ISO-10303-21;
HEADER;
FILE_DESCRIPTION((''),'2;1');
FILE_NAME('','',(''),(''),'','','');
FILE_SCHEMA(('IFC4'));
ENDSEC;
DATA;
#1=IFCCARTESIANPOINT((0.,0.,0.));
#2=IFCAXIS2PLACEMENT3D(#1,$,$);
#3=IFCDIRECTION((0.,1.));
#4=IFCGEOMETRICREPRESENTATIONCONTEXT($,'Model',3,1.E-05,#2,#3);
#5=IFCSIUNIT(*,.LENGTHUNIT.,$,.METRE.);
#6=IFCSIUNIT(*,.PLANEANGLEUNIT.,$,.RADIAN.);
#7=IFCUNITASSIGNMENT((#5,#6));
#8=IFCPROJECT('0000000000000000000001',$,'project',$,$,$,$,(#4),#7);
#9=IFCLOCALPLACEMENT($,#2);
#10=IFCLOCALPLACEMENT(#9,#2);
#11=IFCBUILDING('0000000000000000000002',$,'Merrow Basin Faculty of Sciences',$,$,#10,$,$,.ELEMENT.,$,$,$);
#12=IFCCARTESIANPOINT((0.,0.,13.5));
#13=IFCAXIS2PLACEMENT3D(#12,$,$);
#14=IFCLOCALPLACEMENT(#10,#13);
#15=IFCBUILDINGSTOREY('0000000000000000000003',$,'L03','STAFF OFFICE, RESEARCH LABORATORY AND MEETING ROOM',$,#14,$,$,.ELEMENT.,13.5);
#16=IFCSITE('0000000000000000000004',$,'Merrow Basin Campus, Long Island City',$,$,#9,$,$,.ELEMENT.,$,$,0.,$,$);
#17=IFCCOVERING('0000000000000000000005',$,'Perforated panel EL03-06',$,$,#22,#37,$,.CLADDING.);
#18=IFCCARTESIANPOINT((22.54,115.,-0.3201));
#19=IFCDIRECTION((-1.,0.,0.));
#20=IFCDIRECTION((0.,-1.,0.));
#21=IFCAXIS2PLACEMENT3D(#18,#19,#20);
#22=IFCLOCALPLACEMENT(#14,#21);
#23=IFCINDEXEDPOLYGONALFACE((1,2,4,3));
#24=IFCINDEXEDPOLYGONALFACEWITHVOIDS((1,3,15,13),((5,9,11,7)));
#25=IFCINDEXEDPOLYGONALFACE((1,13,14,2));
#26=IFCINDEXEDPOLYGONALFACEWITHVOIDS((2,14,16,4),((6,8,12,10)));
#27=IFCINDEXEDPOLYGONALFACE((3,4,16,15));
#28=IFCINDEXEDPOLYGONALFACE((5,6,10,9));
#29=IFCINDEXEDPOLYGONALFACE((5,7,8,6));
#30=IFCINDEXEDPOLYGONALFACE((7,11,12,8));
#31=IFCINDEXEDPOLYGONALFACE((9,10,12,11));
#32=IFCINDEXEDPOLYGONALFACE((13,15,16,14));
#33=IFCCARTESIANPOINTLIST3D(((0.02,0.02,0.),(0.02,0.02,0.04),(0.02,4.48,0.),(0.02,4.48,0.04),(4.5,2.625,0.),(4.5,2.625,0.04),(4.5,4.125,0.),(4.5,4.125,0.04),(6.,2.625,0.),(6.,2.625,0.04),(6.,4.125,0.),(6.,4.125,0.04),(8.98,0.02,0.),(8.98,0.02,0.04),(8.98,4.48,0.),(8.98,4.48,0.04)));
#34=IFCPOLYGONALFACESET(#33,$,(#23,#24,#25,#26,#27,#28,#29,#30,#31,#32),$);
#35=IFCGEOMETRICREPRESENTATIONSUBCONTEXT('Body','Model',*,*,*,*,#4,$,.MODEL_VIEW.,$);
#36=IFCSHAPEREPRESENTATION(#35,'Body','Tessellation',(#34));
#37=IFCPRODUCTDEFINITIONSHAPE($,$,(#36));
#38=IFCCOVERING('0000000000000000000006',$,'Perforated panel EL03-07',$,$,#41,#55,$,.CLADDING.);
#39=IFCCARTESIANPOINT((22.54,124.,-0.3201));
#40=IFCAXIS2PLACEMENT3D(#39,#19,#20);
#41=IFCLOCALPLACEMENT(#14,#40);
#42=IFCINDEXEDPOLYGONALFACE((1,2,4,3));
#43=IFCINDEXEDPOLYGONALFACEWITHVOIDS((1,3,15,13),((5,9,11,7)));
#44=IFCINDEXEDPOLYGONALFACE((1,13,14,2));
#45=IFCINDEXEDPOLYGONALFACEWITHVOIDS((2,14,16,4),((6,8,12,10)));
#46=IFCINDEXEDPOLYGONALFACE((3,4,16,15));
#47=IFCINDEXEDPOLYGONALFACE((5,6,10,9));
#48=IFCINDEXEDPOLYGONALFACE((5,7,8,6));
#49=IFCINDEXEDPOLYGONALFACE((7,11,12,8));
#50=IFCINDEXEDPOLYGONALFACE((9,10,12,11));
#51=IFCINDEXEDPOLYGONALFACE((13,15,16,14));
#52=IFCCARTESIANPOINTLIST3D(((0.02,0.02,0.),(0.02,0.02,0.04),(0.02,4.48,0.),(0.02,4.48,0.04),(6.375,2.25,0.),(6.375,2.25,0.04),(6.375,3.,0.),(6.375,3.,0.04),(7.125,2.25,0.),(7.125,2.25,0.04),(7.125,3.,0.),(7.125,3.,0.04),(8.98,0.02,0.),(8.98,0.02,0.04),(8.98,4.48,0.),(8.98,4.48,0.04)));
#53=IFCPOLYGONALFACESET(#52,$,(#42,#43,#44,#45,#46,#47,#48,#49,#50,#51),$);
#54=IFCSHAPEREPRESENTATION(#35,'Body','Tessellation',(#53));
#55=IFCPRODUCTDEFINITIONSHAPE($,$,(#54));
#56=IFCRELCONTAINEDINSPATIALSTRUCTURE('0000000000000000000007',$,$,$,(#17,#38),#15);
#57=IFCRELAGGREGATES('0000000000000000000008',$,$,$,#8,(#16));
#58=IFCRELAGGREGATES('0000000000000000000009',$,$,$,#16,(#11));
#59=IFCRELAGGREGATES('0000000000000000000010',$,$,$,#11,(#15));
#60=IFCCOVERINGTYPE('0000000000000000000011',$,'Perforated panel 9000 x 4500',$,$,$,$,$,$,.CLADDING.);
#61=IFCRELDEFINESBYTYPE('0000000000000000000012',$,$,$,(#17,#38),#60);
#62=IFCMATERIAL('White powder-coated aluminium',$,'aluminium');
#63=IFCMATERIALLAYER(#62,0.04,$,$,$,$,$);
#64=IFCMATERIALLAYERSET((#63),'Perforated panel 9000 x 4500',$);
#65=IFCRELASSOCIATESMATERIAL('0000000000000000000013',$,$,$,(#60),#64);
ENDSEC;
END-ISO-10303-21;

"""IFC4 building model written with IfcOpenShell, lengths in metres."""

from ifc_helpers import new_model, si_unit, direction, frame, origin, place, context, subcontext, project, spatial, polyline, outline, extrude, source, transform, mapped, material, layer, layer_set, type_object, element, save


model = new_model("IFC4")

# Units and contexts
model_context = context("Model", 3, precision=1e-05, world=origin(), true_north=direction((0.0, 1.0)))
body_context = subcontext(model_context, "Body", "Model", "MODEL_VIEW")
ifc_project = project(units=[si_unit("LENGTHUNIT", "METRE"), si_unit("PLANEANGLEUNIT", "RADIAN")], contexts=[model_context])

# Site, building, storey
site_placement = place(None, origin())
site = spatial("IfcSite", under=ifc_project, at=site_placement, Name="Merrow Basin Campus, Long Island City", CompositionType="ELEMENT", RefElevation=0.0)
building_placement = place(site_placement, origin())
building = spatial("IfcBuilding", under=site, at=building_placement, Name="Merrow Basin Faculty of Sciences", CompositionType="ELEMENT")
storey_placement = place(building_placement, frame((0.0, 0.0, 13.5)))
storey = spatial("IfcBuildingStorey", under=building, at=storey_placement, Name="L03", Description="STAFF OFFICE, RESEARCH LABORATORY AND MEETING ROOM", CompositionType="ELEMENT", Elevation=13.5)

# Coverings
ifc_material_1 = material(Name="White powder-coated aluminium", Category="aluminium")
ifc_layer_1 = layer(ifc_material_1, 0.04)
ifc_layer_set_1 = layer_set([ifc_layer_1], Name="Perforated panel 9000 x 4500")
covering_type = type_object("IfcCoveringType", Name="Perforated panel 9000 x 4500", PredefinedType="CLADDING", material=ifc_layer_set_1)
shared_shape_1 = source(origin(), body_context, "Body", "SweptSolid", [
    extrude(outline(polyline([(0.02, 0.02), (8.98, 0.02), (8.98, 4.48), (0.02, 4.48), (0.02, 0.02)]), holes=[polyline([(4.5, 2.625), (6.0, 2.625), (6.0, 4.125), (4.5, 4.125), (4.5, 2.625)])]), origin(), (0.0, 0.0, 1.0), 0.04),
])
covering_1_placement = place(storey_placement, frame((22.54, 115.0, -0.3201), z_axis=(-1.0, 0.0, 0.0), x_axis=(0.0, -1.0, 0.0)))
element("IfcCovering", 1, at=covering_1_placement, inside=storey, type_object=covering_type, Name="Perforated panel EL03-06", PredefinedType="CLADDING", context=body_context, shape_type="MappedRepresentation", body=[
    mapped(shared_shape_1, transform((0.0, 0.0, 0.0), scale=1.0)),
])
shared_shape_2 = source(origin(), body_context, "Body", "SweptSolid", [
    extrude(outline(polyline([(0.02, 0.02), (8.98, 0.02), (8.98, 4.48), (0.02, 4.48), (0.02, 0.02)]), holes=[polyline([(6.375, 2.25), (7.125, 2.25), (7.125, 3.0), (6.375, 3.0), (6.375, 2.25)])]), origin(), (0.0, 0.0, 1.0), 0.04),
])
covering_2_placement = place(storey_placement, frame((22.54, 124.0, -0.3201), z_axis=(-1.0, 0.0, 0.0), x_axis=(0.0, -1.0, 0.0)))
element("IfcCovering", 2, at=covering_2_placement, inside=storey, type_object=covering_type, Name="Perforated panel EL03-07", PredefinedType="CLADDING", context=body_context, shape_type="MappedRepresentation", body=[
    mapped(shared_shape_2, transform((0.0, 0.0, 0.0), scale=1.0)),
])

save(model, "model.ifc")
